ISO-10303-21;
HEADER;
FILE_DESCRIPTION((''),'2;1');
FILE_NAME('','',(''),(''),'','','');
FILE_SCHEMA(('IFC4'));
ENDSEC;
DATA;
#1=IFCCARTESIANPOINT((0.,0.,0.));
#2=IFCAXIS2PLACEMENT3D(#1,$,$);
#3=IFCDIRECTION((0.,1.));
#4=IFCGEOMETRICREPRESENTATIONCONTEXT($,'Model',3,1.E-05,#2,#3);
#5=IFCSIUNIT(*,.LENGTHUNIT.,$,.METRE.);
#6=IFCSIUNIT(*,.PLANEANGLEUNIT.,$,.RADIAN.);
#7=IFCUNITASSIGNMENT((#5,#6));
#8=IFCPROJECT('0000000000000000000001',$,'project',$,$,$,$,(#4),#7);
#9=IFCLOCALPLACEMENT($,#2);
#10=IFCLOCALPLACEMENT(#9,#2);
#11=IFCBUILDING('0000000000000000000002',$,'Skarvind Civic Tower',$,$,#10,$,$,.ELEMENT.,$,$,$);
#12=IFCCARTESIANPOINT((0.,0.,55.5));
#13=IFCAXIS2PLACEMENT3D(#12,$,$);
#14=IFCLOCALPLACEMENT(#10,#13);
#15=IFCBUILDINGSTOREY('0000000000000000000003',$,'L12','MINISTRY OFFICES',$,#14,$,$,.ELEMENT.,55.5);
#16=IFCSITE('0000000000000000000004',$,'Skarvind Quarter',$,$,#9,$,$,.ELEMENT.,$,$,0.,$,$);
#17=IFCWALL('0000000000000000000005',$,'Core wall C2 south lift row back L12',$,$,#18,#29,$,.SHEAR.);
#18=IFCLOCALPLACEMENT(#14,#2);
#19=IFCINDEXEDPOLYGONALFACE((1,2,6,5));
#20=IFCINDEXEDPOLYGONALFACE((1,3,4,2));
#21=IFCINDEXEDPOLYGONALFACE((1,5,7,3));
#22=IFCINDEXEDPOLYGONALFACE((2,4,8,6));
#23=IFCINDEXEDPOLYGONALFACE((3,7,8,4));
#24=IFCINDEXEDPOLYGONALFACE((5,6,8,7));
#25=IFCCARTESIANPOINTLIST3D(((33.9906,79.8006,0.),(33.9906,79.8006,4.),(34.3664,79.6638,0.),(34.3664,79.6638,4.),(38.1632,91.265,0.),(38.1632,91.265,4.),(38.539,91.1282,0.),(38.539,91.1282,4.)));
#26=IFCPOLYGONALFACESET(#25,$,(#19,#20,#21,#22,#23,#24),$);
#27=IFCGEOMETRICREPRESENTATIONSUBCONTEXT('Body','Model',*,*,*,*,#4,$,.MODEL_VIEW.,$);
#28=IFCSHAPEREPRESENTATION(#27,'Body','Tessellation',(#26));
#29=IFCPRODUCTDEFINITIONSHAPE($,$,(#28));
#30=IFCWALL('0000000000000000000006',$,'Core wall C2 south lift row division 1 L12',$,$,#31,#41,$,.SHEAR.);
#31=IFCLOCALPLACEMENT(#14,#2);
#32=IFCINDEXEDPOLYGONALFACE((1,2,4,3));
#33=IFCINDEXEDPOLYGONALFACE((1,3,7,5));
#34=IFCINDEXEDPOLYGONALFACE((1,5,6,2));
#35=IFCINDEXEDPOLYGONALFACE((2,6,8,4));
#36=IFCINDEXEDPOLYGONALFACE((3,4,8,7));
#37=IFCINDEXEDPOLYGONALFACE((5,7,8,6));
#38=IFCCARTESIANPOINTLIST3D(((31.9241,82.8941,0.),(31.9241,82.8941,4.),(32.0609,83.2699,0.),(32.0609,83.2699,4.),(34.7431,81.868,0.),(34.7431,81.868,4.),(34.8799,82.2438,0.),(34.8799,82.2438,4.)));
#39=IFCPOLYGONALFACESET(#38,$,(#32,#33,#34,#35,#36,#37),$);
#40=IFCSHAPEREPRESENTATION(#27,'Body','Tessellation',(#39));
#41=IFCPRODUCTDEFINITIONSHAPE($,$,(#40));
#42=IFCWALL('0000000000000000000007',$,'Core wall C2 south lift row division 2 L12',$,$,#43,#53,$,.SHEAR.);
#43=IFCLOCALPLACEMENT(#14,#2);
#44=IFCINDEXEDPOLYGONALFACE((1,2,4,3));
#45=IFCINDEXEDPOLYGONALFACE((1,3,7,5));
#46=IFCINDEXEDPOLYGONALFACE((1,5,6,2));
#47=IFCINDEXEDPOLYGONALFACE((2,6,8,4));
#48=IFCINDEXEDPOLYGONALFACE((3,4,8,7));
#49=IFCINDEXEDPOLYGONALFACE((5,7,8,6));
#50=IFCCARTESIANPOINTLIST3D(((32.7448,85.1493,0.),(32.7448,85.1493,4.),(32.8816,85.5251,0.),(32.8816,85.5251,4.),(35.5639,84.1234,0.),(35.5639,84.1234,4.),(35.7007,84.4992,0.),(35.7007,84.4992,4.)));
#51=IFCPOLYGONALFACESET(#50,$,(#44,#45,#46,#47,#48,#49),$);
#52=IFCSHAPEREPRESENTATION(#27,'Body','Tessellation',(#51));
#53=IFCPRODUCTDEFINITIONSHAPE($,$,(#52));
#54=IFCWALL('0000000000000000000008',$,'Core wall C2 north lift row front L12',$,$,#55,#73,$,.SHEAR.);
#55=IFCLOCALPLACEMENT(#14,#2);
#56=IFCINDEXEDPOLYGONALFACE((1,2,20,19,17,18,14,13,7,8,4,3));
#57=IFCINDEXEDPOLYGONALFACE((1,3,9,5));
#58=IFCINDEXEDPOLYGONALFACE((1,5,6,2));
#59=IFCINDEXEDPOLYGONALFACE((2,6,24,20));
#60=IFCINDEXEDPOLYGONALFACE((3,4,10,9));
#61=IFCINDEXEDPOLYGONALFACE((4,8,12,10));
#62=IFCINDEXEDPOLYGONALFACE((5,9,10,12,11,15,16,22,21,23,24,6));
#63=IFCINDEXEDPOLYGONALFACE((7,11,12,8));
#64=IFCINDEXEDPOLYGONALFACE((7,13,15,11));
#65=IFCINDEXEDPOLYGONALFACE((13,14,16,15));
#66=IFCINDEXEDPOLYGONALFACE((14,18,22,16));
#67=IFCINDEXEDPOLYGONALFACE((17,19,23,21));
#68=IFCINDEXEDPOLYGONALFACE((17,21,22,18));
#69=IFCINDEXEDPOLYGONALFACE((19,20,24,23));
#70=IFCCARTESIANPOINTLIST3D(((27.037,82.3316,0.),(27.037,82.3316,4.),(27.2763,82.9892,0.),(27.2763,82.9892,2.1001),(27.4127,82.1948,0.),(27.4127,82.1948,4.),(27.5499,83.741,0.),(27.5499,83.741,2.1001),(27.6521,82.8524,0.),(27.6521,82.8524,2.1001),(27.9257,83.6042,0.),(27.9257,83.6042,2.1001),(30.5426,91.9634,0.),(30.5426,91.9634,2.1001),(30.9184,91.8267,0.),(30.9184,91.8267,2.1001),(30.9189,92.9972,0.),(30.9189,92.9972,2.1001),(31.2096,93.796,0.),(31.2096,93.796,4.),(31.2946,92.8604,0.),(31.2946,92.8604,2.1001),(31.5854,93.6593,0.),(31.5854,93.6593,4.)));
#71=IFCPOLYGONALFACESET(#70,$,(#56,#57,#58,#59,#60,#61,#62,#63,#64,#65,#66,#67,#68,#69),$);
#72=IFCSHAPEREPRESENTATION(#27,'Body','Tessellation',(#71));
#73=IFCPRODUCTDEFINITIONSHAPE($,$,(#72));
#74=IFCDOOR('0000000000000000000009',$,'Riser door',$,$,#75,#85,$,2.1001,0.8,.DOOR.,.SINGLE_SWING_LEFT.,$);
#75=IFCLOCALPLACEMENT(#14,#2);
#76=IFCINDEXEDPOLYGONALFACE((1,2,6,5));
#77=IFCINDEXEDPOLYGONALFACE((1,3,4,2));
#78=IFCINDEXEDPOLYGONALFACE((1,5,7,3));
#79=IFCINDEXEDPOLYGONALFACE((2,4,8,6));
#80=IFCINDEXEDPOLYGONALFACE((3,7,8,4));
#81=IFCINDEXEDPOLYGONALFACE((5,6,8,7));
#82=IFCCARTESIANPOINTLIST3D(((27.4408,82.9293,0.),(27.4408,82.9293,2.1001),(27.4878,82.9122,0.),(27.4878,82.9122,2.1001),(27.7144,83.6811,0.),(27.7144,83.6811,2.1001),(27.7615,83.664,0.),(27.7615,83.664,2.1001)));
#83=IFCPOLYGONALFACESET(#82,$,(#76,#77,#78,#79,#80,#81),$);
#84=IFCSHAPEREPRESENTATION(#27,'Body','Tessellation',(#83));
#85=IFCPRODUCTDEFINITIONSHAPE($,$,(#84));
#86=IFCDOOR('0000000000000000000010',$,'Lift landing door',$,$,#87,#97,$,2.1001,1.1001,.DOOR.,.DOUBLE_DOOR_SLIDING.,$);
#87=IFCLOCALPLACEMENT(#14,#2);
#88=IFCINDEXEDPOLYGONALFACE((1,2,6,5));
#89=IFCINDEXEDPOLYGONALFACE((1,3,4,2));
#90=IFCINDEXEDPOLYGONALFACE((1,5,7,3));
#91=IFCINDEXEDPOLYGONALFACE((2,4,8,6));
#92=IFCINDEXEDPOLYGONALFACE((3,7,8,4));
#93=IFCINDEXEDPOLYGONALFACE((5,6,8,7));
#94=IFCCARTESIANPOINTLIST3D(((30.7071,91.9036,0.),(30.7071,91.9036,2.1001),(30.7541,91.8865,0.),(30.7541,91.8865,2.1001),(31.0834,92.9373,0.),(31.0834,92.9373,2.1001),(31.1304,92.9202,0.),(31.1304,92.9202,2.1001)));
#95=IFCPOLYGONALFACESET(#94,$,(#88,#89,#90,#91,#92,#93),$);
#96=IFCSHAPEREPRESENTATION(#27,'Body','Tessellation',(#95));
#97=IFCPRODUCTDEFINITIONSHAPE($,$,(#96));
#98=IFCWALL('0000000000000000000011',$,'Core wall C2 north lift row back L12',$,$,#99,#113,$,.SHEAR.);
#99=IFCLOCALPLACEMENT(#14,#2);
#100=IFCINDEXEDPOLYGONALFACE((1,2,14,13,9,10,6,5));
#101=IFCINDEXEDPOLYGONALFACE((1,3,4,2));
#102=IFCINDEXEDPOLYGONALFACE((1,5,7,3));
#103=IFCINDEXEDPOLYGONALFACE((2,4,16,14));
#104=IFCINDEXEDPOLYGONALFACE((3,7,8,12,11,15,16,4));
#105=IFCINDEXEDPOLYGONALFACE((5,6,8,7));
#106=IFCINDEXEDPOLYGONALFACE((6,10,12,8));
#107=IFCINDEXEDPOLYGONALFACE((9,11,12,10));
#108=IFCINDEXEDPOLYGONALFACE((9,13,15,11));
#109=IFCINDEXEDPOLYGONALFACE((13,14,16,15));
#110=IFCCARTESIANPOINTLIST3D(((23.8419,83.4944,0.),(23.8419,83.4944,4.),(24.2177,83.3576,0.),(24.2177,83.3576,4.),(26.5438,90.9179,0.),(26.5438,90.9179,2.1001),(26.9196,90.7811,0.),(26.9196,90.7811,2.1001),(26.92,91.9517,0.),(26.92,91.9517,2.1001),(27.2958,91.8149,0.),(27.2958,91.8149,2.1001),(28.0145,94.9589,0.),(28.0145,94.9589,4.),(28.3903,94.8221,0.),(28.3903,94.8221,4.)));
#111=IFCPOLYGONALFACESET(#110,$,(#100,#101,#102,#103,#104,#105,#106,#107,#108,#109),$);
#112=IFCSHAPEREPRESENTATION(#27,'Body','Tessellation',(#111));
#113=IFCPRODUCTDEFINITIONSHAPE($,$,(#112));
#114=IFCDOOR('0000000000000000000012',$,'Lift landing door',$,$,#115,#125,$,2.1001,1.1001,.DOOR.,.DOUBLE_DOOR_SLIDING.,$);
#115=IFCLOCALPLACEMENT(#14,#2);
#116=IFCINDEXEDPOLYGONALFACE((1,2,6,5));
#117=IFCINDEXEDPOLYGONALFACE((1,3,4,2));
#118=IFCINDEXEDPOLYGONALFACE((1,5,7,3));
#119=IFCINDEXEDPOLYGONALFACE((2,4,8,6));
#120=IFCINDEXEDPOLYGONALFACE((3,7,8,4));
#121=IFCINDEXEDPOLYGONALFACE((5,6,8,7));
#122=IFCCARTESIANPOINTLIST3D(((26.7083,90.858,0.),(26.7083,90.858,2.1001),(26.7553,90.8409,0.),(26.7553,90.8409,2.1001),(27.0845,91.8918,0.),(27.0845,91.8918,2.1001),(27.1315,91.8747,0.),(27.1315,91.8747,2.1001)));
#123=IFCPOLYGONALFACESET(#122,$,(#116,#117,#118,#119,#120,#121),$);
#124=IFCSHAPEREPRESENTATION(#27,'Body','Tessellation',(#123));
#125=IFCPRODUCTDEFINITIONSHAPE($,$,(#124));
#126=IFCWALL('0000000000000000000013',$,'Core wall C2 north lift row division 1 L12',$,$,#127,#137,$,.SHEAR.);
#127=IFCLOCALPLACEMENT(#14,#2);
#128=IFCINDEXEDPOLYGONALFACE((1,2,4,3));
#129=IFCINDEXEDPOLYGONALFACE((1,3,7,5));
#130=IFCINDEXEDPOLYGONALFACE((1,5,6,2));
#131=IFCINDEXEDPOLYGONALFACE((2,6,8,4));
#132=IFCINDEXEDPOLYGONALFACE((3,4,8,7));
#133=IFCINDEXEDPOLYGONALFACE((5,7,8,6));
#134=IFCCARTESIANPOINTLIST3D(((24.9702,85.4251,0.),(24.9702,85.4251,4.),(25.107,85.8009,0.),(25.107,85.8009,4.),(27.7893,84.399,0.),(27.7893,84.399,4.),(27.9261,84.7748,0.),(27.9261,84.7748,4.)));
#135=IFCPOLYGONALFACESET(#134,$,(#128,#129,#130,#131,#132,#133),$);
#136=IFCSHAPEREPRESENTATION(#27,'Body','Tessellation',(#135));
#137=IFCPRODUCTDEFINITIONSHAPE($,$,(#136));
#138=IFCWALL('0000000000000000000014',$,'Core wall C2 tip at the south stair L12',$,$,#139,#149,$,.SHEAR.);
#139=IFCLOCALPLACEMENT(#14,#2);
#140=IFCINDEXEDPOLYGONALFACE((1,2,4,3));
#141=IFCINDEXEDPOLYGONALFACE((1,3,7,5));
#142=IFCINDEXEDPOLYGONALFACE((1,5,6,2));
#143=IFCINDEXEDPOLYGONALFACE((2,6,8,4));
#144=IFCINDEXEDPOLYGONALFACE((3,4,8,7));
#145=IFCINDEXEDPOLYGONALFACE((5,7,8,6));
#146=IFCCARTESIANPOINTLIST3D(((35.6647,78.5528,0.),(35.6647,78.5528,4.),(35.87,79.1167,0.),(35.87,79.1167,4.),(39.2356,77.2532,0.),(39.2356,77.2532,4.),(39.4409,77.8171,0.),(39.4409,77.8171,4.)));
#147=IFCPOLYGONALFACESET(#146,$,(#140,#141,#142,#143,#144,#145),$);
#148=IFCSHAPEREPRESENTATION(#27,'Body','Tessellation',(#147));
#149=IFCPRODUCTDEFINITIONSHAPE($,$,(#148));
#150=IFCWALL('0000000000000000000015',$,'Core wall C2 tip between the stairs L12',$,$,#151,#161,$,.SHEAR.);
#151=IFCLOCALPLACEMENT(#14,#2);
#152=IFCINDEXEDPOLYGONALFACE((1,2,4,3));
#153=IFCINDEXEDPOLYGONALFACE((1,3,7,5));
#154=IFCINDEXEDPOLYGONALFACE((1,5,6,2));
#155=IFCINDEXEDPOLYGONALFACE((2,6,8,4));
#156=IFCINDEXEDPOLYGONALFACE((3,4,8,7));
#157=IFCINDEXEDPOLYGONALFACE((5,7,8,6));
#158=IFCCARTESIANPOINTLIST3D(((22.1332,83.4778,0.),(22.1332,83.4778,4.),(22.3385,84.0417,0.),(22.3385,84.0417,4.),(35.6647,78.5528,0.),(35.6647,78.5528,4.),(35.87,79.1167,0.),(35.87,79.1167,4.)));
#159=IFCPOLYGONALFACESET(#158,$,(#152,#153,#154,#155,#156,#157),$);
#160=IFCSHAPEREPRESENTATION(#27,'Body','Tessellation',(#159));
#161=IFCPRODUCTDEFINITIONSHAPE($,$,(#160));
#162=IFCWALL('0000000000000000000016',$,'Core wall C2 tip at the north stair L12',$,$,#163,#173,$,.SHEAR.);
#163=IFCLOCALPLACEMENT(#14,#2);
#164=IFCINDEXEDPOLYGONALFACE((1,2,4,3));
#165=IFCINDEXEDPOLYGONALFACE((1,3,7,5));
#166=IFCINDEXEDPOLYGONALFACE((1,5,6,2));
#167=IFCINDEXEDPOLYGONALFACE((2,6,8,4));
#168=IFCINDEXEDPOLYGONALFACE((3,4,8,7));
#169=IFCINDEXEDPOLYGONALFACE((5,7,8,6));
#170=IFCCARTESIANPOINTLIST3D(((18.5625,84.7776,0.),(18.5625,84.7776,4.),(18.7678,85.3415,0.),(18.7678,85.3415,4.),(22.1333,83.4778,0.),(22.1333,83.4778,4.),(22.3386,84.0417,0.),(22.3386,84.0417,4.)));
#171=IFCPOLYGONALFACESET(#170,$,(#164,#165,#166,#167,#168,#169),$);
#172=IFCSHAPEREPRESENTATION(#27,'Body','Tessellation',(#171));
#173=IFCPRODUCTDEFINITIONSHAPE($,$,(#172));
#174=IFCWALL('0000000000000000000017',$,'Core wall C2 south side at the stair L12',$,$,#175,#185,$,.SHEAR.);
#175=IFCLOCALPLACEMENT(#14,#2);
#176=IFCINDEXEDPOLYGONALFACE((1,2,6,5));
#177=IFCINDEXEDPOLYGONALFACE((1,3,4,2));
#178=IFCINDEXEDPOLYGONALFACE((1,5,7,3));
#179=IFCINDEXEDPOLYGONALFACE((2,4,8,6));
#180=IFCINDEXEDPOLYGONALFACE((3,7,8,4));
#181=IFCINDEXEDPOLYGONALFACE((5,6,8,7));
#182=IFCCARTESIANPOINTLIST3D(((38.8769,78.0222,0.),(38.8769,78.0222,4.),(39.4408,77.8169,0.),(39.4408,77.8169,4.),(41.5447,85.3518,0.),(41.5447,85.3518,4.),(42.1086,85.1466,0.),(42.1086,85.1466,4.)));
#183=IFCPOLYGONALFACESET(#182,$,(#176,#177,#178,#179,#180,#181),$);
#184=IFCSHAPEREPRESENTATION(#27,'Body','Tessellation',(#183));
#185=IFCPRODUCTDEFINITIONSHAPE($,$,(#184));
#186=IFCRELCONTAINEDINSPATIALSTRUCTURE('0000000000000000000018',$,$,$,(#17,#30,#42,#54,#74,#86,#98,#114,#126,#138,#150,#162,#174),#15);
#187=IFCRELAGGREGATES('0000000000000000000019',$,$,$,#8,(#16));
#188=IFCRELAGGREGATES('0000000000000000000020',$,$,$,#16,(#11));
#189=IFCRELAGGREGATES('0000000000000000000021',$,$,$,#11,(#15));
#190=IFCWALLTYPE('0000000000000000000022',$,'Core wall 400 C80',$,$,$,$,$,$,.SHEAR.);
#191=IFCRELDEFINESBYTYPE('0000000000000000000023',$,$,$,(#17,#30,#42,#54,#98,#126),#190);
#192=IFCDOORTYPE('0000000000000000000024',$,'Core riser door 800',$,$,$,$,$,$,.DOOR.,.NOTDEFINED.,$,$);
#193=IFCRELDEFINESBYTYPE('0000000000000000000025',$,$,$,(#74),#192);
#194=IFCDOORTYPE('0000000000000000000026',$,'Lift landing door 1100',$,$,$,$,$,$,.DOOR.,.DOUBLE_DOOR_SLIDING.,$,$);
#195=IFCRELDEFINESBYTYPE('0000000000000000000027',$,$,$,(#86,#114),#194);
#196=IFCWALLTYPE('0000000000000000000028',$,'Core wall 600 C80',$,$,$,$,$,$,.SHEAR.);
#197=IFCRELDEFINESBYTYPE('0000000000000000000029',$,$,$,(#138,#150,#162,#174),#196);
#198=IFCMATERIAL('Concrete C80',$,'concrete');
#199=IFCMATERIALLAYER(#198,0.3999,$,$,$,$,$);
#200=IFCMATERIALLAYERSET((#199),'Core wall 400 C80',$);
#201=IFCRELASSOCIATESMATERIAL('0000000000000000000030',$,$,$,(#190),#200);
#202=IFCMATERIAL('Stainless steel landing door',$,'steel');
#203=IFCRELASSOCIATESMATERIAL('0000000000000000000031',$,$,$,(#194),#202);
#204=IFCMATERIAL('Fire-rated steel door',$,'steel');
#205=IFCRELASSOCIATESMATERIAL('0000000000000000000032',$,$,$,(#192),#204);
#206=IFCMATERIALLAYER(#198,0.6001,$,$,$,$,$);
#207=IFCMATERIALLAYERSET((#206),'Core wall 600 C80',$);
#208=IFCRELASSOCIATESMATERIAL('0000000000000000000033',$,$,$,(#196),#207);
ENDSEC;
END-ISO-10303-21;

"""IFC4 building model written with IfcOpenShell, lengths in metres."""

from ifc_helpers import new_model, si_unit, direction, frame, frame_2d, origin, place, context, subcontext, project, spatial, rectangle, extrude, material, layer, layer_set, type_object, element, fill, save


model = new_model("IFC4")

# Units and contexts
model_context = context("Model", 3, precision=1e-05, world=origin(), true_north=direction((0.0, 1.0)))
body_context = subcontext(model_context, "Body", "Model", "MODEL_VIEW")
ifc_project = project(units=[si_unit("LENGTHUNIT", "METRE"), si_unit("PLANEANGLEUNIT", "RADIAN")], contexts=[model_context])

# Site, building, storey
site_placement = place(None, origin())
site = spatial("IfcSite", under=ifc_project, at=site_placement, Name="Skarvind Quarter", CompositionType="ELEMENT", RefElevation=0.0)
building_placement = place(site_placement, origin())
building = spatial("IfcBuilding", under=site, at=building_placement, Name="Skarvind Civic Tower", CompositionType="ELEMENT")
storey_placement = place(building_placement, frame((0.0, 0.0, 55.5)))
storey = spatial("IfcBuildingStorey", under=building, at=storey_placement, Name="L12", Description="MINISTRY OFFICES", CompositionType="ELEMENT", Elevation=55.5)

# Shared definitions
ifc_material_1 = material(Name="Concrete C80", Category="concrete")
ifc_layer_1 = layer(ifc_material_1, 0.3999)
ifc_layer_set_1 = layer_set([ifc_layer_1], Name="Core wall 400 C80")
wall_type_1 = type_object("IfcWallType", Name="Core wall 400 C80", PredefinedType="SHEAR", material=ifc_layer_set_1)

# Shared definitions
ifc_material_2 = material(Name="Fire-rated steel door", Category="steel")

# Shared definitions
ifc_material_3 = material(Name="Stainless steel landing door", Category="steel")
door_type_1 = type_object("IfcDoorType", Name="Lift landing door 1100", OperationType="DOUBLE_DOOR_SLIDING", PredefinedType="DOOR", material=ifc_material_3)

# Walls
wall_1_placement = place(storey_placement, frame((34.1785, 79.7322, 0.0), z_axis=(0.0, 0.0, 1.0), x_axis=(0.342015, 0.939695, 0.0)))
element("IfcWall", 1, at=wall_1_placement, inside=storey, type_object=wall_type_1, Name="Core wall C2 south lift row back L12", PredefinedType="SHEAR", context=body_context, shape_type="SweptSolid", body=[
    extrude(rectangle(XDim=12.2002, YDim=0.3999, at=frame_2d((6.1001, 0.0))), origin(), (0.0, 0.0, 1.0), 4.0),
])
for number, where, z_axis, x_axis, name in (
    (2, (34.8115, 82.0559, 0.0), (0.0, 0.0, 1.0), (-0.939686, 0.342037, 0.0), "Core wall C2 south lift row division 1 L12"),
    (3, (35.6323, 84.3113, 0.0), (0.0, 0.0, 1.0), (-0.939713, 0.341965, 0.0), "Core wall C2 south lift row division 2 L12"),
):
    element("IfcWall", number, at=place(storey_placement, frame(where, z_axis=z_axis, x_axis=x_axis)), inside=storey, type_object=wall_type_1, Name=name, PredefinedType="SHEAR", context=body_context, shape_type="SweptSolid", body=[
        extrude(rectangle(XDim=3.0, YDim=0.3999, at=frame_2d((1.5, 0.0))), origin(), (0.0, 0.0, 1.0), 4.0),
    ])

# Wall, openings, doors
wall_2_placement = place(storey_placement, frame((27.2249, 82.2632, 0.0), z_axis=(0.0, 0.0, 1.0), x_axis=(0.342015, 0.939695, 0.0)))
wall_2 = element("IfcWall", 4, at=wall_2_placement, inside=storey, type_object=wall_type_1, Name="Core wall C2 north lift row front L12", PredefinedType="SHEAR", context=body_context, shape_type="SweptSolid", body=[
    extrude(rectangle(XDim=12.2002, YDim=0.3999, at=frame_2d((6.1001, 0.0))), origin(), (0.0, 0.0, 1.0), 4.0),
])
opening_1_placement = place(wall_2_placement, frame((10.25, 0.0, 0.0)))
opening_1 = element("IfcOpeningElement", 5, at=opening_1_placement, cuts=wall_2, PredefinedType="OPENING", context=body_context, shape_type="SweptSolid", body=[
    extrude(rectangle(XDim=1.1001, YDim=2.1001, at=frame_2d((0.55, 1.05))), frame((0.0, 0.21, 0.0), z_axis=(0.0, -1.0, 0.0), x_axis=(1.0, 0.0, 0.0)), (0.0, 0.0, 1.0), 0.4199),
])
opening_2_placement = place(wall_2_placement, frame((0.7, 0.0, 0.0)))
opening_2 = element("IfcOpeningElement", 6, at=opening_2_placement, cuts=wall_2, PredefinedType="OPENING", context=body_context, shape_type="SweptSolid", body=[
    extrude(rectangle(XDim=0.8, YDim=2.1001, at=frame_2d((0.3999, 1.05))), frame((0.0, 0.21, 0.0), z_axis=(0.0, -1.0, 0.0), x_axis=(1.0, 0.0, 0.0)), (0.0, 0.0, 1.0), 0.4199),
])
door_type_2 = type_object("IfcDoorType", Name="Core riser door 800", OperationType="NOTDEFINED", PredefinedType="DOOR", material=ifc_material_2)
door_1_placement = place(opening_2_placement, origin())
door_1 = element("IfcDoor", 7, at=door_1_placement, inside=storey, type_object=door_type_2, Name="Riser door", OperationType="SINGLE_SWING_LEFT", OverallHeight=2.1001, OverallWidth=0.8, PredefinedType="DOOR", context=body_context, shape_type="SweptSolid", body=[
    extrude(rectangle(XDim=0.8, YDim=2.1001, at=frame_2d((0.3999, 1.05))), frame((0.0, 0.0249, 0.0), z_axis=(0.0, -1.0, 0.0), x_axis=(1.0, 0.0, 0.0)), (0.0, 0.0, 1.0), 0.05),
])
fill(opening_2, door_1)
door_2_placement = place(opening_1_placement, origin())
door_2 = element("IfcDoor", 8, at=door_2_placement, inside=storey, type_object=door_type_1, Name="Lift landing door", OperationType="DOUBLE_DOOR_SLIDING", OverallHeight=2.1001, OverallWidth=1.1001, PredefinedType="DOOR", context=body_context, shape_type="SweptSolid", body=[
    extrude(rectangle(XDim=1.1001, YDim=2.1001, at=frame_2d((0.55, 1.05))), frame((0.0, 0.0249, 0.0), z_axis=(0.0, -1.0, 0.0), x_axis=(1.0, 0.0, 0.0)), (0.0, 0.0, 1.0), 0.05),
])
fill(opening_1, door_2)

# Wall, opening, door
wall_3_placement = place(storey_placement, frame((24.0298, 83.426, 0.0), z_axis=(0.0, 0.0, 1.0), x_axis=(0.342015, 0.939695, 0.0)))
wall_3 = element("IfcWall", 9, at=wall_3_placement, inside=storey, type_object=wall_type_1, Name="Core wall C2 north lift row back L12", PredefinedType="SHEAR", context=body_context, shape_type="SweptSolid", body=[
    extrude(rectangle(XDim=12.2002, YDim=0.3999, at=frame_2d((6.1001, 0.0))), origin(), (0.0, 0.0, 1.0), 4.0),
])
opening_3_placement = place(wall_3_placement, frame((7.8999, 0.0, 0.0)))
opening_3 = element("IfcOpeningElement", 10, at=opening_3_placement, cuts=wall_3, PredefinedType="OPENING", context=body_context, shape_type="SweptSolid", body=[
    extrude(rectangle(XDim=1.1001, YDim=2.1001, at=frame_2d((0.55, 1.05))), frame((0.0, 0.21, 0.0), z_axis=(0.0, -1.0, 0.0), x_axis=(1.0, 0.0, 0.0)), (0.0, 0.0, 1.0), 0.4199),
])
door_3_placement = place(opening_3_placement, origin())
door_3 = element("IfcDoor", 11, at=door_3_placement, inside=storey, type_object=door_type_1, Name="Lift landing door", OperationType="DOUBLE_DOOR_SLIDING", OverallHeight=2.1001, OverallWidth=1.1001, PredefinedType="DOOR", context=body_context, shape_type="SweptSolid", body=[
    extrude(rectangle(XDim=1.1001, YDim=2.1001, at=frame_2d((0.55, 1.05))), frame((0.0, 0.0249, 0.0), z_axis=(0.0, -1.0, 0.0), x_axis=(1.0, 0.0, 0.0)), (0.0, 0.0, 1.0), 0.05),
])
fill(opening_3, door_3)

# Walls
wall_4_placement = place(storey_placement, frame((27.8577, 84.5869, 0.0), z_axis=(0.0, 0.0, 1.0), x_axis=(-0.939686, 0.342037, 0.0)))
element("IfcWall", 12, at=wall_4_placement, inside=storey, type_object=wall_type_1, Name="Core wall C2 north lift row division 1 L12", PredefinedType="SHEAR", context=body_context, shape_type="SweptSolid", body=[
    extrude(rectangle(XDim=3.0, YDim=0.3999, at=frame_2d((1.5, 0.0))), origin(), (0.0, 0.0, 1.0), 4.0),
])
ifc_layer_2 = layer(ifc_material_1, 0.6001)
ifc_layer_set_2 = layer_set([ifc_layer_2], Name="Core wall 600 C80")
wall_type_2 = type_object("IfcWallType", Name="Core wall 600 C80", PredefinedType="SHEAR", material=ifc_layer_set_2)
wall_5_placement = place(storey_placement, frame((39.3381, 77.5352, 0.0), z_axis=(0.0, 0.0, 1.0), x_axis=(-0.939701, 0.341996, 0.0)))
element("IfcWall", 13, at=wall_5_placement, inside=storey, type_object=wall_type_2, Name="Core wall C2 tip at the south stair L12", PredefinedType="SHEAR", context=body_context, shape_type="SweptSolid", body=[
    extrude(rectangle(XDim=3.8, YDim=0.6001, at=frame_2d((1.8999, 0.0))), origin(), (0.0, 0.0, 1.0), 4.0),
])
wall_6_placement = place(storey_placement, frame((35.7673, 78.8347, 0.0), z_axis=(0.0, 0.0, 1.0), x_axis=(-0.939693, 0.342019, 0.0)))
element("IfcWall", 14, at=wall_6_placement, inside=storey, type_object=wall_type_2, Name="Core wall C2 tip between the stairs L12", PredefinedType="SHEAR", context=body_context, shape_type="SweptSolid", body=[
    extrude(rectangle(XDim=14.3999, YDim=0.6001, at=frame_2d((7.2, 0.0))), origin(), (0.0, 0.0, 1.0), 4.0),
])
wall_7_placement = place(storey_placement, frame((22.2358, 83.7598, 0.0), z_axis=(0.0, 0.0, 1.0), x_axis=(-0.939681, 0.342053, 0.0)))
element("IfcWall", 15, at=wall_7_placement, inside=storey, type_object=wall_type_2, Name="Core wall C2 tip at the north stair L12", PredefinedType="SHEAR", context=body_context, shape_type="SweptSolid", body=[
    extrude(rectangle(XDim=3.8, YDim=0.6001, at=frame_2d((1.8999, 0.0))), origin(), (0.0, 0.0, 1.0), 4.0),
])
for number, where, z_axis, x_axis, name in (
    (16, (39.1589, 77.9197, 0.0), (0.0, 0.0, 1.0), (0.342017, 0.939694, 0.0), "Core wall C2 south side at the stair L12"),
):
    element("IfcWall", number, at=place(storey_placement, frame(where, z_axis=z_axis, x_axis=x_axis)), inside=storey, type_object=wall_type_2, Name=name, PredefinedType="SHEAR", context=body_context, shape_type="SweptSolid", body=[
        extrude(rectangle(XDim=7.8, YDim=0.6001, at=frame_2d((3.8999, 0.0))), origin(), (0.0, 0.0, 1.0), 4.0),
    ])

save(model, "model.ifc")
